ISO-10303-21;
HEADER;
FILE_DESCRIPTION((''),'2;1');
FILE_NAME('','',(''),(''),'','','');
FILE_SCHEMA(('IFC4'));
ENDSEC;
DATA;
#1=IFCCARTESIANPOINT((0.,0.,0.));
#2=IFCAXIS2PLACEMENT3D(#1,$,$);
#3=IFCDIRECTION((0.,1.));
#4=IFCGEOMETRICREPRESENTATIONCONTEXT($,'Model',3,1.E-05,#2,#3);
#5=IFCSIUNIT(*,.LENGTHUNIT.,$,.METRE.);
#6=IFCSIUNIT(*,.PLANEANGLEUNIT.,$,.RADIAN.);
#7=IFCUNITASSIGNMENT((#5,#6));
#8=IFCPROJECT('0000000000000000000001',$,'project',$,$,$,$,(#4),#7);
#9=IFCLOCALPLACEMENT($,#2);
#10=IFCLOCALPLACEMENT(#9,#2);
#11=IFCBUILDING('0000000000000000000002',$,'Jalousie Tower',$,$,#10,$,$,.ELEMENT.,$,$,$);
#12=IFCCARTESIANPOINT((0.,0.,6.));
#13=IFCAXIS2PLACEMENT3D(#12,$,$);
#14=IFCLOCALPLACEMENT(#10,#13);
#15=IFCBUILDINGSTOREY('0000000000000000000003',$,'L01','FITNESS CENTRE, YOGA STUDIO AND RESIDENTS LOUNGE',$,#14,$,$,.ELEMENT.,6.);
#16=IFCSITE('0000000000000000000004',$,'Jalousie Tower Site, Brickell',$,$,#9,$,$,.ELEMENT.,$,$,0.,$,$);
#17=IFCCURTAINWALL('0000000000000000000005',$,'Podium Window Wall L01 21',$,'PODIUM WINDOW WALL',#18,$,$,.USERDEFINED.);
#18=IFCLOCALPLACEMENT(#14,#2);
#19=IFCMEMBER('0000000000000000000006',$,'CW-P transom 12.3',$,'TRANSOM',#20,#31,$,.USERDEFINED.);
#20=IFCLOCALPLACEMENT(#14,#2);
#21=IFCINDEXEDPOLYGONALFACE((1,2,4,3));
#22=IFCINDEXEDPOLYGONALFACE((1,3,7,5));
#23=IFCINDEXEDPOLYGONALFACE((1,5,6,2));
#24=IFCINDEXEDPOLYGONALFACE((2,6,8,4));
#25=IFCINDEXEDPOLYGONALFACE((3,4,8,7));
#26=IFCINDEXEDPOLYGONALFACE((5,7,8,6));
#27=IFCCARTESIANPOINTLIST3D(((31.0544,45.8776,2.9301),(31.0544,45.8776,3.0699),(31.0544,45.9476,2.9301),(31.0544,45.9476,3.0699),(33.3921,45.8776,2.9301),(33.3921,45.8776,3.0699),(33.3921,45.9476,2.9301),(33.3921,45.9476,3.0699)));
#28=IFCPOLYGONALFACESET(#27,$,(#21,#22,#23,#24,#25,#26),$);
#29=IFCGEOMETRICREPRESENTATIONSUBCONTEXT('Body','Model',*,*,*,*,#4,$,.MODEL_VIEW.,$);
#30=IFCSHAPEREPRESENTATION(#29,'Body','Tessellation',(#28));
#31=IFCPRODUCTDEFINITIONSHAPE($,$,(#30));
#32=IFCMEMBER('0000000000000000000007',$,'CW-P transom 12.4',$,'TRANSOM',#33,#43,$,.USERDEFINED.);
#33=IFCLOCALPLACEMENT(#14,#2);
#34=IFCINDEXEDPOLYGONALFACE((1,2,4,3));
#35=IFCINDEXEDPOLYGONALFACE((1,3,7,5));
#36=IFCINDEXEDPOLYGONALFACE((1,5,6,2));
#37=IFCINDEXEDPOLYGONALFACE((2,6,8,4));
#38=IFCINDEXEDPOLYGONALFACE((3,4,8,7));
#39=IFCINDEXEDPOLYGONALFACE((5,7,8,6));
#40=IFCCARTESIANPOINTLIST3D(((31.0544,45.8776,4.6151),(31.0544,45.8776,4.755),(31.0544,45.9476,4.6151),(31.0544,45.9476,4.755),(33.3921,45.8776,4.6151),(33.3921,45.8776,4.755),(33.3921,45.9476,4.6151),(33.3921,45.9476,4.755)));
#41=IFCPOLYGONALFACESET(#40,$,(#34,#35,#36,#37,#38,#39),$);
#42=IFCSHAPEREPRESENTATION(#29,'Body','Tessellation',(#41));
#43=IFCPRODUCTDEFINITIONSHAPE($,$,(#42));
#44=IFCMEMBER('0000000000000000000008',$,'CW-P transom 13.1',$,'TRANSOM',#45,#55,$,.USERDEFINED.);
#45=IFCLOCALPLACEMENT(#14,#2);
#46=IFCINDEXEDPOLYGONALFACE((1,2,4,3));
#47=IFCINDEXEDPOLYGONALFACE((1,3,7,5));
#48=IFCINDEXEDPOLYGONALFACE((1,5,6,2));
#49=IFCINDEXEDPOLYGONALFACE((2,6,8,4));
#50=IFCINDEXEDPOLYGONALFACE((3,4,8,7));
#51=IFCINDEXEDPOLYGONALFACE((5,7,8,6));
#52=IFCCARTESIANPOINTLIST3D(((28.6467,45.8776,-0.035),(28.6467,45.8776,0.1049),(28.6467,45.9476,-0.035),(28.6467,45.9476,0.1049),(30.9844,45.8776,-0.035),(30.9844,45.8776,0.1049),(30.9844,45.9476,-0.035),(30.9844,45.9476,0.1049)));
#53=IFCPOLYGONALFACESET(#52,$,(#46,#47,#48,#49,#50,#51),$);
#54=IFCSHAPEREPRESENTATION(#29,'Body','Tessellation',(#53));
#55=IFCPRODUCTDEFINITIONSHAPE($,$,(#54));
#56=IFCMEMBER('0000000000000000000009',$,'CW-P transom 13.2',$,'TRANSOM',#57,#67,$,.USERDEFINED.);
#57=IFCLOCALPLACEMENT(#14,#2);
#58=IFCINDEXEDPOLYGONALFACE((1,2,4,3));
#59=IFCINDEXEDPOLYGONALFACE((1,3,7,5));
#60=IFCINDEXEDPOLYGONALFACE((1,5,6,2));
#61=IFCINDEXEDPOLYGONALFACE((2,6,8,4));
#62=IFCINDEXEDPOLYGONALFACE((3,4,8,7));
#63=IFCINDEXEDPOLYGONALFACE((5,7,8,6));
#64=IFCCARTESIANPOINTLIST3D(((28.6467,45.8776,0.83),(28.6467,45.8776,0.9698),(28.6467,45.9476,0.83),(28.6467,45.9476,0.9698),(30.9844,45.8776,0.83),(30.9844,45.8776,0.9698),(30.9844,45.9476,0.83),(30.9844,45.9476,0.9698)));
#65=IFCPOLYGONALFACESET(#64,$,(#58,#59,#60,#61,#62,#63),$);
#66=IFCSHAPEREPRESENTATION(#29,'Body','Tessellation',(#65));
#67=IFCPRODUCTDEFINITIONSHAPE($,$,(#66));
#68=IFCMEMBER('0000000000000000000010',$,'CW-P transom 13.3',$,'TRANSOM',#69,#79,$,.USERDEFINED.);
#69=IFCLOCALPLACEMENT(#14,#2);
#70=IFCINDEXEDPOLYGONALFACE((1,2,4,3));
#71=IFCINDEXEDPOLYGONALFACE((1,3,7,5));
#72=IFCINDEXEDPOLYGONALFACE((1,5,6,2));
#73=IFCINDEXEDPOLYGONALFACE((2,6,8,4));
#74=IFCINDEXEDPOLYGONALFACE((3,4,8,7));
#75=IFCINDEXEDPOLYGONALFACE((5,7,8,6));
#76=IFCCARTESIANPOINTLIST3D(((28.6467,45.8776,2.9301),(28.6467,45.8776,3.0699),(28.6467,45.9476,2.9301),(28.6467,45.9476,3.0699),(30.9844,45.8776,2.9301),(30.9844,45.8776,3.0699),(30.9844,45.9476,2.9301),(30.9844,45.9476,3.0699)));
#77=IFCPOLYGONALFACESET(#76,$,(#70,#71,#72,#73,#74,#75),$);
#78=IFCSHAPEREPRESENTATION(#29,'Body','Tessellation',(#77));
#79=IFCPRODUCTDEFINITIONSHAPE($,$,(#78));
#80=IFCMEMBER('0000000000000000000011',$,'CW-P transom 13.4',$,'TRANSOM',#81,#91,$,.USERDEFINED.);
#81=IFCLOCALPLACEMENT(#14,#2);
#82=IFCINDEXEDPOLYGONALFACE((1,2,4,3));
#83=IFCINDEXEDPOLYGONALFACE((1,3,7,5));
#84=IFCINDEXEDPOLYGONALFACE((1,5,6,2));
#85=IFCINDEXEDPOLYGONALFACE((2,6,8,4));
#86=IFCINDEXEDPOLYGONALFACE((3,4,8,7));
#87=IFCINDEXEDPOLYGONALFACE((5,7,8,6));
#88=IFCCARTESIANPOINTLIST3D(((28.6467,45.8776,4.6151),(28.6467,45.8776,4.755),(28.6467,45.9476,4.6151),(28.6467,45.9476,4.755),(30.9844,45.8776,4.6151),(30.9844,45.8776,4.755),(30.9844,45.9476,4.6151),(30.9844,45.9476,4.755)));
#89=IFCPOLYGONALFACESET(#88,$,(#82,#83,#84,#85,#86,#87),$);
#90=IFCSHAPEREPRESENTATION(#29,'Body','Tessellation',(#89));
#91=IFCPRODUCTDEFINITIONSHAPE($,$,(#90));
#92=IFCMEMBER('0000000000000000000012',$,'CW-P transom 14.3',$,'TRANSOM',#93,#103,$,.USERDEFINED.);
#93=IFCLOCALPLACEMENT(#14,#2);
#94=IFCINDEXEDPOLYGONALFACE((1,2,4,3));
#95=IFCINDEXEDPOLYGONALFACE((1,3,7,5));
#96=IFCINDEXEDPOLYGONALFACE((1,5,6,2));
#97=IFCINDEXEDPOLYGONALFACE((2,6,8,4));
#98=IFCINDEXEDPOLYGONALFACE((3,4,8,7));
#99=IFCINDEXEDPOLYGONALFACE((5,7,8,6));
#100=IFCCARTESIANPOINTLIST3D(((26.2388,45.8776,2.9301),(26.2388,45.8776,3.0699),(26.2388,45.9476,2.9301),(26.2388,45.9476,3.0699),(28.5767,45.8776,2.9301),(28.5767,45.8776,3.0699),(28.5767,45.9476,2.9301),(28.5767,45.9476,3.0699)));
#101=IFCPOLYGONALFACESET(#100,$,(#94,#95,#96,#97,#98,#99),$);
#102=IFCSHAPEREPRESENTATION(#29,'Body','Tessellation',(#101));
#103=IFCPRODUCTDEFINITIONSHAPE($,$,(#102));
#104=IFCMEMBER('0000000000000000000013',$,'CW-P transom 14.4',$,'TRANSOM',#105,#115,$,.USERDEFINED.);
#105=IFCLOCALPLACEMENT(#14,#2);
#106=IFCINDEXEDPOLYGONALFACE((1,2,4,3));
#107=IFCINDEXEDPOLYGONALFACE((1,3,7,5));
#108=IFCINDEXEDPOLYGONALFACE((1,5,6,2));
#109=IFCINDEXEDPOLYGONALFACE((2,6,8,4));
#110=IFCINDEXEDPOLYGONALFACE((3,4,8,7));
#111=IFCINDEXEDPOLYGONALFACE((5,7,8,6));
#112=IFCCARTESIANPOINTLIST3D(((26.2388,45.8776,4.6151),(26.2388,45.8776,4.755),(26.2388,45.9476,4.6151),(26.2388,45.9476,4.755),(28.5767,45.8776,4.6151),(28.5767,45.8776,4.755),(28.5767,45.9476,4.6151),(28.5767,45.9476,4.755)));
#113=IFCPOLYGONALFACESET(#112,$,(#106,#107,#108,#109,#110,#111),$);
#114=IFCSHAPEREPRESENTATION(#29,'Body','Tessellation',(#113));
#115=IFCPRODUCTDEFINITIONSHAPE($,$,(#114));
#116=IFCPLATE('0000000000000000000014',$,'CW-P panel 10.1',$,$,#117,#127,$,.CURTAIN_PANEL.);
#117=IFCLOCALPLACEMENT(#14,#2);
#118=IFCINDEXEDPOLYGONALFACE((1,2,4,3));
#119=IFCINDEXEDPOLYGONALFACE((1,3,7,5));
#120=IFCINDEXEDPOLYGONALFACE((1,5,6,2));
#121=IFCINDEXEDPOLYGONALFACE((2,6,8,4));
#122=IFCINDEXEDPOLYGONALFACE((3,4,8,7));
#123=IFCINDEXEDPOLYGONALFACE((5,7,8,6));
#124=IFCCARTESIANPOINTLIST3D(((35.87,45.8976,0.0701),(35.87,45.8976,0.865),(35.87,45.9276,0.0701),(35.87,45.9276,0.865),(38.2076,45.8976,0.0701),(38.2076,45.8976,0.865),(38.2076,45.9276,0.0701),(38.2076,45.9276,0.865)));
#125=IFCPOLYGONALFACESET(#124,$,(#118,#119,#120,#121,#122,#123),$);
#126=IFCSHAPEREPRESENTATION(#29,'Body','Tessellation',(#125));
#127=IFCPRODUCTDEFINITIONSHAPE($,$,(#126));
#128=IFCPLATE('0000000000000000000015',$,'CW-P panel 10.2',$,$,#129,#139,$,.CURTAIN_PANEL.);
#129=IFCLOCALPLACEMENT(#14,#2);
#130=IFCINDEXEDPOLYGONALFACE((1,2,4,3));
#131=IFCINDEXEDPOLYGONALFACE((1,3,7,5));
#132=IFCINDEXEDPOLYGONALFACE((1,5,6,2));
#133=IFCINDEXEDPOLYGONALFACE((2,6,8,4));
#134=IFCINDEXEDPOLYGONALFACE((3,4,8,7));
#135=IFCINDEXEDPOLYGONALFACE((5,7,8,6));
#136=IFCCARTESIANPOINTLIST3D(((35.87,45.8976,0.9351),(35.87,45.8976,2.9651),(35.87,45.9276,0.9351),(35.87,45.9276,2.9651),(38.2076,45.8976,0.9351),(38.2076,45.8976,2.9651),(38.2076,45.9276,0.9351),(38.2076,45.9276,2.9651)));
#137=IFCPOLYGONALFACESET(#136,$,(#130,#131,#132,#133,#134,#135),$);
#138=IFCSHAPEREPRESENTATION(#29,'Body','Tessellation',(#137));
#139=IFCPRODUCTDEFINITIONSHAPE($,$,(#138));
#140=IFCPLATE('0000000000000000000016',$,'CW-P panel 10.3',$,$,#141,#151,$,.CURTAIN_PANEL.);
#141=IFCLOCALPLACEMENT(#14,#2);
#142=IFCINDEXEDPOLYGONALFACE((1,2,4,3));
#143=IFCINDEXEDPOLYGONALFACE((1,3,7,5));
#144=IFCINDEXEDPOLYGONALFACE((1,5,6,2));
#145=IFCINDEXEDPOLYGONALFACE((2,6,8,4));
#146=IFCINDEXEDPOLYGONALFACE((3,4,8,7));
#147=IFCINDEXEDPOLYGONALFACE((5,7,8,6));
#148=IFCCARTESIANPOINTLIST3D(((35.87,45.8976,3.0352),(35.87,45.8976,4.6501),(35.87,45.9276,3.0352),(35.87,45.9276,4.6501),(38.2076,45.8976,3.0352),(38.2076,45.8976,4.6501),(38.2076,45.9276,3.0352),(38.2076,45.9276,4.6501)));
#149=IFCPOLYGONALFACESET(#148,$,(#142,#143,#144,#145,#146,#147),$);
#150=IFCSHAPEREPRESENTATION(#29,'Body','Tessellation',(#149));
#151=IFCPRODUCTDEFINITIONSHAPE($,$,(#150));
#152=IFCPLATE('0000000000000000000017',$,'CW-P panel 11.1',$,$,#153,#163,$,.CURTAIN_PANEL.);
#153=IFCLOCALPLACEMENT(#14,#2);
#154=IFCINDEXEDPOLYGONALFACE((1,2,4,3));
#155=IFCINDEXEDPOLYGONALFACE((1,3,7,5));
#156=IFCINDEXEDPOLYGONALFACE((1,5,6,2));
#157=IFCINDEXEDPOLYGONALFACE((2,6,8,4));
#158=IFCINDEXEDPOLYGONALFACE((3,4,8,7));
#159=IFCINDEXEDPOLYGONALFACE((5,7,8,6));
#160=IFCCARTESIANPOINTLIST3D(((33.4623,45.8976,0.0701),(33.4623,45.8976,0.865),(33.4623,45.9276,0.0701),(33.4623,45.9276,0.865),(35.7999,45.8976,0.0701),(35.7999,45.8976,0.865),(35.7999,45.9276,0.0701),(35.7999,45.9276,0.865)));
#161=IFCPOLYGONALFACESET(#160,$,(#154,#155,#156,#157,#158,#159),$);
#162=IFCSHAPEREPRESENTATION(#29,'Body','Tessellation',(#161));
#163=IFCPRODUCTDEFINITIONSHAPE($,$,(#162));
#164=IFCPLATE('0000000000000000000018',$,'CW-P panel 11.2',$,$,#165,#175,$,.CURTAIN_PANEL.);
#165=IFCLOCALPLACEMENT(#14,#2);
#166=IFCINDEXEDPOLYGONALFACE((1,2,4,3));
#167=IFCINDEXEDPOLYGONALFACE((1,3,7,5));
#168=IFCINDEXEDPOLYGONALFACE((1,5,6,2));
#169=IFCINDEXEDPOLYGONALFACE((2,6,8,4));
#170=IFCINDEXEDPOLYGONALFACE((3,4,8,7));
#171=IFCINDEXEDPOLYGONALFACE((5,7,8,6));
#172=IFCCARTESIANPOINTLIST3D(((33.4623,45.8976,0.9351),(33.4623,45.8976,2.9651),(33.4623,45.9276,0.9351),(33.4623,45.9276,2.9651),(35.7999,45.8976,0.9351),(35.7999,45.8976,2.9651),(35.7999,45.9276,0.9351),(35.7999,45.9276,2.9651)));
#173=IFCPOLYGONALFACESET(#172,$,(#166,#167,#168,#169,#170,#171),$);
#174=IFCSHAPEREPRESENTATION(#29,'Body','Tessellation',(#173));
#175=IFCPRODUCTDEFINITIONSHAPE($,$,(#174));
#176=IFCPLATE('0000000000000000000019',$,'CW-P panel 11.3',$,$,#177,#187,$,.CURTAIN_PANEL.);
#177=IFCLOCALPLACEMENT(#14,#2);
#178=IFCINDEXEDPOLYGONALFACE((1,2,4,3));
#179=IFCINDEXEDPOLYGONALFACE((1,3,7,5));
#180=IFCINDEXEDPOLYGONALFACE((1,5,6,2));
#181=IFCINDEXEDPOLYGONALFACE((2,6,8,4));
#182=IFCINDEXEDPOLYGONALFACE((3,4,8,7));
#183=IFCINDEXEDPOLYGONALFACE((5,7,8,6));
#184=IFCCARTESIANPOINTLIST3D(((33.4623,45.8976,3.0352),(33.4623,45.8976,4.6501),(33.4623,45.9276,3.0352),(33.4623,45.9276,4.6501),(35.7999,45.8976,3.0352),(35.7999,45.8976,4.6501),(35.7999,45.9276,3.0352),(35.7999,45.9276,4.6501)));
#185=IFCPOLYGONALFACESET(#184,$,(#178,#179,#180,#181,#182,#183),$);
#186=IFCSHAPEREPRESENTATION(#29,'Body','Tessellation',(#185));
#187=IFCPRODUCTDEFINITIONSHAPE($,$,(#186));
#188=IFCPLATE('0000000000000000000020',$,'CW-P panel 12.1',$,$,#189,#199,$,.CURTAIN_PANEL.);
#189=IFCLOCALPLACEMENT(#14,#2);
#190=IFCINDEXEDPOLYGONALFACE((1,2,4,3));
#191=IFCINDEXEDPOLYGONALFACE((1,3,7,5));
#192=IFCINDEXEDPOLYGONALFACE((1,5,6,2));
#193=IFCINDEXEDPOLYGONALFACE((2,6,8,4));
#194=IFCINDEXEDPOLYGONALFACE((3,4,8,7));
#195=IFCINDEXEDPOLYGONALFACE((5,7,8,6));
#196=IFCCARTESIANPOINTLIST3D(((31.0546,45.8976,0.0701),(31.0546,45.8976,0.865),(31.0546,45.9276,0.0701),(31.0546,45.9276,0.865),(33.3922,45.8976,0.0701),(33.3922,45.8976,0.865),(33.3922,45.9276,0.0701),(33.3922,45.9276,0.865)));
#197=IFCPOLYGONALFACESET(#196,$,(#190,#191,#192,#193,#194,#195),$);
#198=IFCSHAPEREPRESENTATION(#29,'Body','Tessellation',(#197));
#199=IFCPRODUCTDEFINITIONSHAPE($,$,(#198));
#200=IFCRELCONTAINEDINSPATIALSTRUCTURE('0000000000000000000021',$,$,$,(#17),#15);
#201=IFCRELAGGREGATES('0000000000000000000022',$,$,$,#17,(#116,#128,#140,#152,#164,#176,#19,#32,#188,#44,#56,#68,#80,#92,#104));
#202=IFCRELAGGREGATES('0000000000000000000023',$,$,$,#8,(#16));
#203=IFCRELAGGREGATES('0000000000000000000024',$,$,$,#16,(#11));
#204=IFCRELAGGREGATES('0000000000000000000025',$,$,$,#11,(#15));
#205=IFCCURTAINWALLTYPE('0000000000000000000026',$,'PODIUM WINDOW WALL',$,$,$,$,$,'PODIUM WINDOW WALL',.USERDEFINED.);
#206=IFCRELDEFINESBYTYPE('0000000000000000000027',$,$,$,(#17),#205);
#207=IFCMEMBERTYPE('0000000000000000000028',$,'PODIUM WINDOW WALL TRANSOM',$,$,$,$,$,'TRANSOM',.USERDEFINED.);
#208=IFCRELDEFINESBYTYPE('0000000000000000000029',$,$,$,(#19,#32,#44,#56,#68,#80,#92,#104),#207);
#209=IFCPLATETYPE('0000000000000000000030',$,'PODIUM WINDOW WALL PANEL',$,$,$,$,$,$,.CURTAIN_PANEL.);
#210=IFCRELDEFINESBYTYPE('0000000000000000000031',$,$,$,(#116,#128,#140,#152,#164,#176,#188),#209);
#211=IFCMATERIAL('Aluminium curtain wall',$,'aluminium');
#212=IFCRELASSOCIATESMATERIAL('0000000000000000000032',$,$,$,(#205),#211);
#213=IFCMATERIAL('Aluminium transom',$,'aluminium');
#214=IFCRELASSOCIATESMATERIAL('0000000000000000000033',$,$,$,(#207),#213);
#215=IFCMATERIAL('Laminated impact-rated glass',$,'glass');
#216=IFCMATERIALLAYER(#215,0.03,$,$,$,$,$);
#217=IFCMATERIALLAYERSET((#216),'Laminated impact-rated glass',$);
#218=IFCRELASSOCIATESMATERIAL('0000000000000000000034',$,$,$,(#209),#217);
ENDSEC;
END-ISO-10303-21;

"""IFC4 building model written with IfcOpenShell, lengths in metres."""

from ifc_helpers import new_model, si_unit, direction, frame, origin, origin_2d, place, context, subcontext, project, spatial, rectangle, extrude, material, layer, layer_set, material_profile, profile_set, type_object, element, aggregate, save


model = new_model("IFC4")

# Units and contexts
model_context = context("Model", 3, precision=1e-05, world=origin(), true_north=direction((0.0, 1.0)))
body_context = subcontext(model_context, "Body", "Model", "MODEL_VIEW")
ifc_project = project(units=[si_unit("LENGTHUNIT", "METRE"), si_unit("PLANEANGLEUNIT", "RADIAN")], contexts=[model_context])

# Site, building, storey
site_placement = place(None, origin())
site = spatial("IfcSite", under=ifc_project, at=site_placement, Name="Jalousie Tower Site, Brickell", CompositionType="ELEMENT", RefElevation=0.0)
building_placement = place(site_placement, origin())
building = spatial("IfcBuilding", under=site, at=building_placement, Name="Jalousie Tower", CompositionType="ELEMENT")
storey_placement = place(building_placement, frame((0.0, 0.0, 6.0)))
storey = spatial("IfcBuildingStorey", under=building, at=storey_placement, Name="L01", Description="FITNESS CENTRE, YOGA STUDIO AND RESIDENTS LOUNGE", CompositionType="ELEMENT", Elevation=6.0)

# Curtain wall, members, plates
ifc_material_1 = material(Name="Aluminium curtain wall", Category="aluminium")
curtain_wall_type = type_object("IfcCurtainWallType", Name="PODIUM WINDOW WALL", ElementType="PODIUM WINDOW WALL", PredefinedType="USERDEFINED", material=ifc_material_1)
curtain_wall_placement = place(storey_placement, origin())
curtain_wall = element("IfcCurtainWall", 1, at=curtain_wall_placement, inside=storey, type_object=curtain_wall_type, Name="Podium Window Wall L01 21", ObjectType="PODIUM WINDOW WALL", PredefinedType="USERDEFINED")
ifc_material_2 = material(Name="Aluminium transom", Category="aluminium")
ifc_material_profile_1 = material_profile(ifc_material_2, rectangle(XDim=0.0701, YDim=0.1399, at=origin_2d()), Name="TRANSOM 70x140")
ifc_profile_set_1 = profile_set([ifc_material_profile_1], Name="Aluminium transom")
member_type_1 = type_object("IfcMemberType", Name="PODIUM WINDOW WALL TRANSOM", ElementType="TRANSOM", PredefinedType="USERDEFINED", material=ifc_profile_set_1)
member_1_placement = place(storey_placement, frame((33.3921, 45.9126, 3.0), z_axis=(-1.0, 0.0, 0.0), x_axis=(0.0, -1.0, 0.0)))
member_1 = element("IfcMember", 2, at=member_1_placement, type_object=member_type_1, Name="CW-P transom 12.3", ObjectType="TRANSOM", PredefinedType="USERDEFINED", context=body_context, shape_type="SweptSolid", body=[
    extrude(rectangle(XDim=0.0701, YDim=0.1399, at=origin_2d()), origin(), (0.0, 0.0, 1.0), 2.3376),
])
member_2_placement = place(storey_placement, frame((33.3921, 45.9126, 4.6851), z_axis=(-1.0, 0.0, 0.0), x_axis=(0.0, -1.0, 0.0)))
member_2 = element("IfcMember", 3, at=member_2_placement, type_object=member_type_1, Name="CW-P transom 12.4", ObjectType="TRANSOM", PredefinedType="USERDEFINED", context=body_context, shape_type="SweptSolid", body=[
    extrude(rectangle(XDim=0.0701, YDim=0.1399, at=origin_2d()), origin(), (0.0, 0.0, 1.0), 2.3376),
])
member_3_placement = place(storey_placement, frame((30.9844, 45.9126, 0.0349), z_axis=(-1.0, 0.0, 0.0), x_axis=(0.0, -1.0, 0.0)))
member_3 = element("IfcMember", 4, at=member_3_placement, type_object=member_type_1, Name="CW-P transom 13.1", ObjectType="TRANSOM", PredefinedType="USERDEFINED", context=body_context, shape_type="SweptSolid", body=[
    extrude(rectangle(XDim=0.0701, YDim=0.1399, at=origin_2d()), origin(), (0.0, 0.0, 1.0), 2.3376),
])
member_4_placement = place(storey_placement, frame((30.9844, 45.9126, 0.8999), z_axis=(-1.0, 0.0, 0.0), x_axis=(0.0, -1.0, 0.0)))
member_4 = element("IfcMember", 5, at=member_4_placement, type_object=member_type_1, Name="CW-P transom 13.2", ObjectType="TRANSOM", PredefinedType="USERDEFINED", context=body_context, shape_type="SweptSolid", body=[
    extrude(rectangle(XDim=0.0701, YDim=0.1399, at=origin_2d()), origin(), (0.0, 0.0, 1.0), 2.3376),
])
member_5_placement = place(storey_placement, frame((30.9844, 45.9126, 3.0), z_axis=(-1.0, 0.0, 0.0), x_axis=(0.0, -1.0, 0.0)))
member_5 = element("IfcMember", 6, at=member_5_placement, type_object=member_type_1, Name="CW-P transom 13.3", ObjectType="TRANSOM", PredefinedType="USERDEFINED", context=body_context, shape_type="SweptSolid", body=[
    extrude(rectangle(XDim=0.0701, YDim=0.1399, at=origin_2d()), origin(), (0.0, 0.0, 1.0), 2.3376),
])
member_6_placement = place(storey_placement, frame((30.9844, 45.9126, 4.6851), z_axis=(-1.0, 0.0, 0.0), x_axis=(0.0, -1.0, 0.0)))
member_6 = element("IfcMember", 7, at=member_6_placement, type_object=member_type_1, Name="CW-P transom 13.4", ObjectType="TRANSOM", PredefinedType="USERDEFINED", context=body_context, shape_type="SweptSolid", body=[
    extrude(rectangle(XDim=0.0701, YDim=0.1399, at=origin_2d()), origin(), (0.0, 0.0, 1.0), 2.3376),
])
member_7_placement = place(storey_placement, frame((28.5767, 45.9126, 3.0), z_axis=(-1.0, 0.0, 0.0), x_axis=(0.0, -1.0, 0.0)))
member_7 = element("IfcMember", 8, at=member_7_placement, type_object=member_type_1, Name="CW-P transom 14.3", ObjectType="TRANSOM", PredefinedType="USERDEFINED", context=body_context, shape_type="SweptSolid", body=[
    extrude(rectangle(XDim=0.0701, YDim=0.1399, at=origin_2d()), origin(), (0.0, 0.0, 1.0), 2.3379),
])
member_8_placement = place(storey_placement, frame((28.5767, 45.9126, 4.6851), z_axis=(-1.0, 0.0, 0.0), x_axis=(0.0, -1.0, 0.0)))
member_8 = element("IfcMember", 9, at=member_8_placement, type_object=member_type_1, Name="CW-P transom 14.4", ObjectType="TRANSOM", PredefinedType="USERDEFINED", context=body_context, shape_type="SweptSolid", body=[
    extrude(rectangle(XDim=0.0701, YDim=0.1399, at=origin_2d()), origin(), (0.0, 0.0, 1.0), 2.3379),
])
ifc_material_3 = material(Name="Laminated impact-rated glass", Category="glass")
ifc_layer = layer(ifc_material_3, 0.03)
ifc_layer_set = layer_set([ifc_layer], Name="Laminated impact-rated glass")
plate_type = type_object("IfcPlateType", Name="PODIUM WINDOW WALL PANEL", PredefinedType="CURTAIN_PANEL", material=ifc_layer_set)
plate_1_placement = place(storey_placement, frame((37.0388, 45.9126, 0.0701), z_axis=(0.0, 0.0, 1.0), x_axis=(-1.0, 0.0, 0.0)))
plate_1 = element("IfcPlate", 10, at=plate_1_placement, type_object=plate_type, Name="CW-P panel 10.1", PredefinedType="CURTAIN_PANEL", context=body_context, shape_type="SweptSolid", body=[
    extrude(rectangle(XDim=2.3376, YDim=0.03, at=origin_2d()), origin(), (0.0, 0.0, 1.0), 0.7949),
])
plate_2_placement = place(storey_placement, frame((37.0388, 45.9126, 0.9351), z_axis=(0.0, 0.0, 1.0), x_axis=(-1.0, 0.0, 0.0)))
plate_2 = element("IfcPlate", 11, at=plate_2_placement, type_object=plate_type, Name="CW-P panel 10.2", PredefinedType="CURTAIN_PANEL", context=body_context, shape_type="SweptSolid", body=[
    extrude(rectangle(XDim=2.3376, YDim=0.03, at=origin_2d()), origin(), (0.0, 0.0, 1.0), 2.03),
])
plate_3_placement = place(storey_placement, frame((37.0388, 45.9126, 3.0352), z_axis=(0.0, 0.0, 1.0), x_axis=(-1.0, 0.0, 0.0)))
plate_3 = element("IfcPlate", 12, at=plate_3_placement, type_object=plate_type, Name="CW-P panel 10.3", PredefinedType="CURTAIN_PANEL", context=body_context, shape_type="SweptSolid", body=[
    extrude(rectangle(XDim=2.3376, YDim=0.03, at=origin_2d()), origin(), (0.0, 0.0, 1.0), 1.615),
])
plate_4_placement = place(storey_placement, frame((34.6311, 45.9126, 0.0701), z_axis=(0.0, 0.0, 1.0), x_axis=(-1.0, 0.0, 0.0)))
plate_4 = element("IfcPlate", 13, at=plate_4_placement, type_object=plate_type, Name="CW-P panel 11.1", PredefinedType="CURTAIN_PANEL", context=body_context, shape_type="SweptSolid", body=[
    extrude(rectangle(XDim=2.3376, YDim=0.03, at=origin_2d()), origin(), (0.0, 0.0, 1.0), 0.7949),
])
plate_5_placement = place(storey_placement, frame((34.6311, 45.9126, 0.9351), z_axis=(0.0, 0.0, 1.0), x_axis=(-1.0, 0.0, 0.0)))
plate_5 = element("IfcPlate", 14, at=plate_5_placement, type_object=plate_type, Name="CW-P panel 11.2", PredefinedType="CURTAIN_PANEL", context=body_context, shape_type="SweptSolid", body=[
    extrude(rectangle(XDim=2.3376, YDim=0.03, at=origin_2d()), origin(), (0.0, 0.0, 1.0), 2.03),
])
plate_6_placement = place(storey_placement, frame((34.6311, 45.9126, 3.0352), z_axis=(0.0, 0.0, 1.0), x_axis=(-1.0, 0.0, 0.0)))
plate_6 = element("IfcPlate", 15, at=plate_6_placement, type_object=plate_type, Name="CW-P panel 11.3", PredefinedType="CURTAIN_PANEL", context=body_context, shape_type="SweptSolid", body=[
    extrude(rectangle(XDim=2.3376, YDim=0.03, at=origin_2d()), origin(), (0.0, 0.0, 1.0), 1.615),
])
plate_7_placement = place(storey_placement, frame((32.2234, 45.9126, 0.0701), z_axis=(0.0, 0.0, 1.0), x_axis=(-1.0, 0.0, 0.0)))
plate_7 = element("IfcPlate", 16, at=plate_7_placement, type_object=plate_type, Name="CW-P panel 12.1", PredefinedType="CURTAIN_PANEL", context=body_context, shape_type="SweptSolid", body=[
    extrude(rectangle(XDim=2.3376, YDim=0.03, at=origin_2d()), origin(), (0.0, 0.0, 1.0), 0.7949),
])
aggregate(curtain_wall, [plate_1, plate_2, plate_3, plate_4, plate_5, plate_6, member_1, member_2, plate_7, member_3, member_4, member_5, member_6, member_7, member_8])

save(model, "model.ifc")
